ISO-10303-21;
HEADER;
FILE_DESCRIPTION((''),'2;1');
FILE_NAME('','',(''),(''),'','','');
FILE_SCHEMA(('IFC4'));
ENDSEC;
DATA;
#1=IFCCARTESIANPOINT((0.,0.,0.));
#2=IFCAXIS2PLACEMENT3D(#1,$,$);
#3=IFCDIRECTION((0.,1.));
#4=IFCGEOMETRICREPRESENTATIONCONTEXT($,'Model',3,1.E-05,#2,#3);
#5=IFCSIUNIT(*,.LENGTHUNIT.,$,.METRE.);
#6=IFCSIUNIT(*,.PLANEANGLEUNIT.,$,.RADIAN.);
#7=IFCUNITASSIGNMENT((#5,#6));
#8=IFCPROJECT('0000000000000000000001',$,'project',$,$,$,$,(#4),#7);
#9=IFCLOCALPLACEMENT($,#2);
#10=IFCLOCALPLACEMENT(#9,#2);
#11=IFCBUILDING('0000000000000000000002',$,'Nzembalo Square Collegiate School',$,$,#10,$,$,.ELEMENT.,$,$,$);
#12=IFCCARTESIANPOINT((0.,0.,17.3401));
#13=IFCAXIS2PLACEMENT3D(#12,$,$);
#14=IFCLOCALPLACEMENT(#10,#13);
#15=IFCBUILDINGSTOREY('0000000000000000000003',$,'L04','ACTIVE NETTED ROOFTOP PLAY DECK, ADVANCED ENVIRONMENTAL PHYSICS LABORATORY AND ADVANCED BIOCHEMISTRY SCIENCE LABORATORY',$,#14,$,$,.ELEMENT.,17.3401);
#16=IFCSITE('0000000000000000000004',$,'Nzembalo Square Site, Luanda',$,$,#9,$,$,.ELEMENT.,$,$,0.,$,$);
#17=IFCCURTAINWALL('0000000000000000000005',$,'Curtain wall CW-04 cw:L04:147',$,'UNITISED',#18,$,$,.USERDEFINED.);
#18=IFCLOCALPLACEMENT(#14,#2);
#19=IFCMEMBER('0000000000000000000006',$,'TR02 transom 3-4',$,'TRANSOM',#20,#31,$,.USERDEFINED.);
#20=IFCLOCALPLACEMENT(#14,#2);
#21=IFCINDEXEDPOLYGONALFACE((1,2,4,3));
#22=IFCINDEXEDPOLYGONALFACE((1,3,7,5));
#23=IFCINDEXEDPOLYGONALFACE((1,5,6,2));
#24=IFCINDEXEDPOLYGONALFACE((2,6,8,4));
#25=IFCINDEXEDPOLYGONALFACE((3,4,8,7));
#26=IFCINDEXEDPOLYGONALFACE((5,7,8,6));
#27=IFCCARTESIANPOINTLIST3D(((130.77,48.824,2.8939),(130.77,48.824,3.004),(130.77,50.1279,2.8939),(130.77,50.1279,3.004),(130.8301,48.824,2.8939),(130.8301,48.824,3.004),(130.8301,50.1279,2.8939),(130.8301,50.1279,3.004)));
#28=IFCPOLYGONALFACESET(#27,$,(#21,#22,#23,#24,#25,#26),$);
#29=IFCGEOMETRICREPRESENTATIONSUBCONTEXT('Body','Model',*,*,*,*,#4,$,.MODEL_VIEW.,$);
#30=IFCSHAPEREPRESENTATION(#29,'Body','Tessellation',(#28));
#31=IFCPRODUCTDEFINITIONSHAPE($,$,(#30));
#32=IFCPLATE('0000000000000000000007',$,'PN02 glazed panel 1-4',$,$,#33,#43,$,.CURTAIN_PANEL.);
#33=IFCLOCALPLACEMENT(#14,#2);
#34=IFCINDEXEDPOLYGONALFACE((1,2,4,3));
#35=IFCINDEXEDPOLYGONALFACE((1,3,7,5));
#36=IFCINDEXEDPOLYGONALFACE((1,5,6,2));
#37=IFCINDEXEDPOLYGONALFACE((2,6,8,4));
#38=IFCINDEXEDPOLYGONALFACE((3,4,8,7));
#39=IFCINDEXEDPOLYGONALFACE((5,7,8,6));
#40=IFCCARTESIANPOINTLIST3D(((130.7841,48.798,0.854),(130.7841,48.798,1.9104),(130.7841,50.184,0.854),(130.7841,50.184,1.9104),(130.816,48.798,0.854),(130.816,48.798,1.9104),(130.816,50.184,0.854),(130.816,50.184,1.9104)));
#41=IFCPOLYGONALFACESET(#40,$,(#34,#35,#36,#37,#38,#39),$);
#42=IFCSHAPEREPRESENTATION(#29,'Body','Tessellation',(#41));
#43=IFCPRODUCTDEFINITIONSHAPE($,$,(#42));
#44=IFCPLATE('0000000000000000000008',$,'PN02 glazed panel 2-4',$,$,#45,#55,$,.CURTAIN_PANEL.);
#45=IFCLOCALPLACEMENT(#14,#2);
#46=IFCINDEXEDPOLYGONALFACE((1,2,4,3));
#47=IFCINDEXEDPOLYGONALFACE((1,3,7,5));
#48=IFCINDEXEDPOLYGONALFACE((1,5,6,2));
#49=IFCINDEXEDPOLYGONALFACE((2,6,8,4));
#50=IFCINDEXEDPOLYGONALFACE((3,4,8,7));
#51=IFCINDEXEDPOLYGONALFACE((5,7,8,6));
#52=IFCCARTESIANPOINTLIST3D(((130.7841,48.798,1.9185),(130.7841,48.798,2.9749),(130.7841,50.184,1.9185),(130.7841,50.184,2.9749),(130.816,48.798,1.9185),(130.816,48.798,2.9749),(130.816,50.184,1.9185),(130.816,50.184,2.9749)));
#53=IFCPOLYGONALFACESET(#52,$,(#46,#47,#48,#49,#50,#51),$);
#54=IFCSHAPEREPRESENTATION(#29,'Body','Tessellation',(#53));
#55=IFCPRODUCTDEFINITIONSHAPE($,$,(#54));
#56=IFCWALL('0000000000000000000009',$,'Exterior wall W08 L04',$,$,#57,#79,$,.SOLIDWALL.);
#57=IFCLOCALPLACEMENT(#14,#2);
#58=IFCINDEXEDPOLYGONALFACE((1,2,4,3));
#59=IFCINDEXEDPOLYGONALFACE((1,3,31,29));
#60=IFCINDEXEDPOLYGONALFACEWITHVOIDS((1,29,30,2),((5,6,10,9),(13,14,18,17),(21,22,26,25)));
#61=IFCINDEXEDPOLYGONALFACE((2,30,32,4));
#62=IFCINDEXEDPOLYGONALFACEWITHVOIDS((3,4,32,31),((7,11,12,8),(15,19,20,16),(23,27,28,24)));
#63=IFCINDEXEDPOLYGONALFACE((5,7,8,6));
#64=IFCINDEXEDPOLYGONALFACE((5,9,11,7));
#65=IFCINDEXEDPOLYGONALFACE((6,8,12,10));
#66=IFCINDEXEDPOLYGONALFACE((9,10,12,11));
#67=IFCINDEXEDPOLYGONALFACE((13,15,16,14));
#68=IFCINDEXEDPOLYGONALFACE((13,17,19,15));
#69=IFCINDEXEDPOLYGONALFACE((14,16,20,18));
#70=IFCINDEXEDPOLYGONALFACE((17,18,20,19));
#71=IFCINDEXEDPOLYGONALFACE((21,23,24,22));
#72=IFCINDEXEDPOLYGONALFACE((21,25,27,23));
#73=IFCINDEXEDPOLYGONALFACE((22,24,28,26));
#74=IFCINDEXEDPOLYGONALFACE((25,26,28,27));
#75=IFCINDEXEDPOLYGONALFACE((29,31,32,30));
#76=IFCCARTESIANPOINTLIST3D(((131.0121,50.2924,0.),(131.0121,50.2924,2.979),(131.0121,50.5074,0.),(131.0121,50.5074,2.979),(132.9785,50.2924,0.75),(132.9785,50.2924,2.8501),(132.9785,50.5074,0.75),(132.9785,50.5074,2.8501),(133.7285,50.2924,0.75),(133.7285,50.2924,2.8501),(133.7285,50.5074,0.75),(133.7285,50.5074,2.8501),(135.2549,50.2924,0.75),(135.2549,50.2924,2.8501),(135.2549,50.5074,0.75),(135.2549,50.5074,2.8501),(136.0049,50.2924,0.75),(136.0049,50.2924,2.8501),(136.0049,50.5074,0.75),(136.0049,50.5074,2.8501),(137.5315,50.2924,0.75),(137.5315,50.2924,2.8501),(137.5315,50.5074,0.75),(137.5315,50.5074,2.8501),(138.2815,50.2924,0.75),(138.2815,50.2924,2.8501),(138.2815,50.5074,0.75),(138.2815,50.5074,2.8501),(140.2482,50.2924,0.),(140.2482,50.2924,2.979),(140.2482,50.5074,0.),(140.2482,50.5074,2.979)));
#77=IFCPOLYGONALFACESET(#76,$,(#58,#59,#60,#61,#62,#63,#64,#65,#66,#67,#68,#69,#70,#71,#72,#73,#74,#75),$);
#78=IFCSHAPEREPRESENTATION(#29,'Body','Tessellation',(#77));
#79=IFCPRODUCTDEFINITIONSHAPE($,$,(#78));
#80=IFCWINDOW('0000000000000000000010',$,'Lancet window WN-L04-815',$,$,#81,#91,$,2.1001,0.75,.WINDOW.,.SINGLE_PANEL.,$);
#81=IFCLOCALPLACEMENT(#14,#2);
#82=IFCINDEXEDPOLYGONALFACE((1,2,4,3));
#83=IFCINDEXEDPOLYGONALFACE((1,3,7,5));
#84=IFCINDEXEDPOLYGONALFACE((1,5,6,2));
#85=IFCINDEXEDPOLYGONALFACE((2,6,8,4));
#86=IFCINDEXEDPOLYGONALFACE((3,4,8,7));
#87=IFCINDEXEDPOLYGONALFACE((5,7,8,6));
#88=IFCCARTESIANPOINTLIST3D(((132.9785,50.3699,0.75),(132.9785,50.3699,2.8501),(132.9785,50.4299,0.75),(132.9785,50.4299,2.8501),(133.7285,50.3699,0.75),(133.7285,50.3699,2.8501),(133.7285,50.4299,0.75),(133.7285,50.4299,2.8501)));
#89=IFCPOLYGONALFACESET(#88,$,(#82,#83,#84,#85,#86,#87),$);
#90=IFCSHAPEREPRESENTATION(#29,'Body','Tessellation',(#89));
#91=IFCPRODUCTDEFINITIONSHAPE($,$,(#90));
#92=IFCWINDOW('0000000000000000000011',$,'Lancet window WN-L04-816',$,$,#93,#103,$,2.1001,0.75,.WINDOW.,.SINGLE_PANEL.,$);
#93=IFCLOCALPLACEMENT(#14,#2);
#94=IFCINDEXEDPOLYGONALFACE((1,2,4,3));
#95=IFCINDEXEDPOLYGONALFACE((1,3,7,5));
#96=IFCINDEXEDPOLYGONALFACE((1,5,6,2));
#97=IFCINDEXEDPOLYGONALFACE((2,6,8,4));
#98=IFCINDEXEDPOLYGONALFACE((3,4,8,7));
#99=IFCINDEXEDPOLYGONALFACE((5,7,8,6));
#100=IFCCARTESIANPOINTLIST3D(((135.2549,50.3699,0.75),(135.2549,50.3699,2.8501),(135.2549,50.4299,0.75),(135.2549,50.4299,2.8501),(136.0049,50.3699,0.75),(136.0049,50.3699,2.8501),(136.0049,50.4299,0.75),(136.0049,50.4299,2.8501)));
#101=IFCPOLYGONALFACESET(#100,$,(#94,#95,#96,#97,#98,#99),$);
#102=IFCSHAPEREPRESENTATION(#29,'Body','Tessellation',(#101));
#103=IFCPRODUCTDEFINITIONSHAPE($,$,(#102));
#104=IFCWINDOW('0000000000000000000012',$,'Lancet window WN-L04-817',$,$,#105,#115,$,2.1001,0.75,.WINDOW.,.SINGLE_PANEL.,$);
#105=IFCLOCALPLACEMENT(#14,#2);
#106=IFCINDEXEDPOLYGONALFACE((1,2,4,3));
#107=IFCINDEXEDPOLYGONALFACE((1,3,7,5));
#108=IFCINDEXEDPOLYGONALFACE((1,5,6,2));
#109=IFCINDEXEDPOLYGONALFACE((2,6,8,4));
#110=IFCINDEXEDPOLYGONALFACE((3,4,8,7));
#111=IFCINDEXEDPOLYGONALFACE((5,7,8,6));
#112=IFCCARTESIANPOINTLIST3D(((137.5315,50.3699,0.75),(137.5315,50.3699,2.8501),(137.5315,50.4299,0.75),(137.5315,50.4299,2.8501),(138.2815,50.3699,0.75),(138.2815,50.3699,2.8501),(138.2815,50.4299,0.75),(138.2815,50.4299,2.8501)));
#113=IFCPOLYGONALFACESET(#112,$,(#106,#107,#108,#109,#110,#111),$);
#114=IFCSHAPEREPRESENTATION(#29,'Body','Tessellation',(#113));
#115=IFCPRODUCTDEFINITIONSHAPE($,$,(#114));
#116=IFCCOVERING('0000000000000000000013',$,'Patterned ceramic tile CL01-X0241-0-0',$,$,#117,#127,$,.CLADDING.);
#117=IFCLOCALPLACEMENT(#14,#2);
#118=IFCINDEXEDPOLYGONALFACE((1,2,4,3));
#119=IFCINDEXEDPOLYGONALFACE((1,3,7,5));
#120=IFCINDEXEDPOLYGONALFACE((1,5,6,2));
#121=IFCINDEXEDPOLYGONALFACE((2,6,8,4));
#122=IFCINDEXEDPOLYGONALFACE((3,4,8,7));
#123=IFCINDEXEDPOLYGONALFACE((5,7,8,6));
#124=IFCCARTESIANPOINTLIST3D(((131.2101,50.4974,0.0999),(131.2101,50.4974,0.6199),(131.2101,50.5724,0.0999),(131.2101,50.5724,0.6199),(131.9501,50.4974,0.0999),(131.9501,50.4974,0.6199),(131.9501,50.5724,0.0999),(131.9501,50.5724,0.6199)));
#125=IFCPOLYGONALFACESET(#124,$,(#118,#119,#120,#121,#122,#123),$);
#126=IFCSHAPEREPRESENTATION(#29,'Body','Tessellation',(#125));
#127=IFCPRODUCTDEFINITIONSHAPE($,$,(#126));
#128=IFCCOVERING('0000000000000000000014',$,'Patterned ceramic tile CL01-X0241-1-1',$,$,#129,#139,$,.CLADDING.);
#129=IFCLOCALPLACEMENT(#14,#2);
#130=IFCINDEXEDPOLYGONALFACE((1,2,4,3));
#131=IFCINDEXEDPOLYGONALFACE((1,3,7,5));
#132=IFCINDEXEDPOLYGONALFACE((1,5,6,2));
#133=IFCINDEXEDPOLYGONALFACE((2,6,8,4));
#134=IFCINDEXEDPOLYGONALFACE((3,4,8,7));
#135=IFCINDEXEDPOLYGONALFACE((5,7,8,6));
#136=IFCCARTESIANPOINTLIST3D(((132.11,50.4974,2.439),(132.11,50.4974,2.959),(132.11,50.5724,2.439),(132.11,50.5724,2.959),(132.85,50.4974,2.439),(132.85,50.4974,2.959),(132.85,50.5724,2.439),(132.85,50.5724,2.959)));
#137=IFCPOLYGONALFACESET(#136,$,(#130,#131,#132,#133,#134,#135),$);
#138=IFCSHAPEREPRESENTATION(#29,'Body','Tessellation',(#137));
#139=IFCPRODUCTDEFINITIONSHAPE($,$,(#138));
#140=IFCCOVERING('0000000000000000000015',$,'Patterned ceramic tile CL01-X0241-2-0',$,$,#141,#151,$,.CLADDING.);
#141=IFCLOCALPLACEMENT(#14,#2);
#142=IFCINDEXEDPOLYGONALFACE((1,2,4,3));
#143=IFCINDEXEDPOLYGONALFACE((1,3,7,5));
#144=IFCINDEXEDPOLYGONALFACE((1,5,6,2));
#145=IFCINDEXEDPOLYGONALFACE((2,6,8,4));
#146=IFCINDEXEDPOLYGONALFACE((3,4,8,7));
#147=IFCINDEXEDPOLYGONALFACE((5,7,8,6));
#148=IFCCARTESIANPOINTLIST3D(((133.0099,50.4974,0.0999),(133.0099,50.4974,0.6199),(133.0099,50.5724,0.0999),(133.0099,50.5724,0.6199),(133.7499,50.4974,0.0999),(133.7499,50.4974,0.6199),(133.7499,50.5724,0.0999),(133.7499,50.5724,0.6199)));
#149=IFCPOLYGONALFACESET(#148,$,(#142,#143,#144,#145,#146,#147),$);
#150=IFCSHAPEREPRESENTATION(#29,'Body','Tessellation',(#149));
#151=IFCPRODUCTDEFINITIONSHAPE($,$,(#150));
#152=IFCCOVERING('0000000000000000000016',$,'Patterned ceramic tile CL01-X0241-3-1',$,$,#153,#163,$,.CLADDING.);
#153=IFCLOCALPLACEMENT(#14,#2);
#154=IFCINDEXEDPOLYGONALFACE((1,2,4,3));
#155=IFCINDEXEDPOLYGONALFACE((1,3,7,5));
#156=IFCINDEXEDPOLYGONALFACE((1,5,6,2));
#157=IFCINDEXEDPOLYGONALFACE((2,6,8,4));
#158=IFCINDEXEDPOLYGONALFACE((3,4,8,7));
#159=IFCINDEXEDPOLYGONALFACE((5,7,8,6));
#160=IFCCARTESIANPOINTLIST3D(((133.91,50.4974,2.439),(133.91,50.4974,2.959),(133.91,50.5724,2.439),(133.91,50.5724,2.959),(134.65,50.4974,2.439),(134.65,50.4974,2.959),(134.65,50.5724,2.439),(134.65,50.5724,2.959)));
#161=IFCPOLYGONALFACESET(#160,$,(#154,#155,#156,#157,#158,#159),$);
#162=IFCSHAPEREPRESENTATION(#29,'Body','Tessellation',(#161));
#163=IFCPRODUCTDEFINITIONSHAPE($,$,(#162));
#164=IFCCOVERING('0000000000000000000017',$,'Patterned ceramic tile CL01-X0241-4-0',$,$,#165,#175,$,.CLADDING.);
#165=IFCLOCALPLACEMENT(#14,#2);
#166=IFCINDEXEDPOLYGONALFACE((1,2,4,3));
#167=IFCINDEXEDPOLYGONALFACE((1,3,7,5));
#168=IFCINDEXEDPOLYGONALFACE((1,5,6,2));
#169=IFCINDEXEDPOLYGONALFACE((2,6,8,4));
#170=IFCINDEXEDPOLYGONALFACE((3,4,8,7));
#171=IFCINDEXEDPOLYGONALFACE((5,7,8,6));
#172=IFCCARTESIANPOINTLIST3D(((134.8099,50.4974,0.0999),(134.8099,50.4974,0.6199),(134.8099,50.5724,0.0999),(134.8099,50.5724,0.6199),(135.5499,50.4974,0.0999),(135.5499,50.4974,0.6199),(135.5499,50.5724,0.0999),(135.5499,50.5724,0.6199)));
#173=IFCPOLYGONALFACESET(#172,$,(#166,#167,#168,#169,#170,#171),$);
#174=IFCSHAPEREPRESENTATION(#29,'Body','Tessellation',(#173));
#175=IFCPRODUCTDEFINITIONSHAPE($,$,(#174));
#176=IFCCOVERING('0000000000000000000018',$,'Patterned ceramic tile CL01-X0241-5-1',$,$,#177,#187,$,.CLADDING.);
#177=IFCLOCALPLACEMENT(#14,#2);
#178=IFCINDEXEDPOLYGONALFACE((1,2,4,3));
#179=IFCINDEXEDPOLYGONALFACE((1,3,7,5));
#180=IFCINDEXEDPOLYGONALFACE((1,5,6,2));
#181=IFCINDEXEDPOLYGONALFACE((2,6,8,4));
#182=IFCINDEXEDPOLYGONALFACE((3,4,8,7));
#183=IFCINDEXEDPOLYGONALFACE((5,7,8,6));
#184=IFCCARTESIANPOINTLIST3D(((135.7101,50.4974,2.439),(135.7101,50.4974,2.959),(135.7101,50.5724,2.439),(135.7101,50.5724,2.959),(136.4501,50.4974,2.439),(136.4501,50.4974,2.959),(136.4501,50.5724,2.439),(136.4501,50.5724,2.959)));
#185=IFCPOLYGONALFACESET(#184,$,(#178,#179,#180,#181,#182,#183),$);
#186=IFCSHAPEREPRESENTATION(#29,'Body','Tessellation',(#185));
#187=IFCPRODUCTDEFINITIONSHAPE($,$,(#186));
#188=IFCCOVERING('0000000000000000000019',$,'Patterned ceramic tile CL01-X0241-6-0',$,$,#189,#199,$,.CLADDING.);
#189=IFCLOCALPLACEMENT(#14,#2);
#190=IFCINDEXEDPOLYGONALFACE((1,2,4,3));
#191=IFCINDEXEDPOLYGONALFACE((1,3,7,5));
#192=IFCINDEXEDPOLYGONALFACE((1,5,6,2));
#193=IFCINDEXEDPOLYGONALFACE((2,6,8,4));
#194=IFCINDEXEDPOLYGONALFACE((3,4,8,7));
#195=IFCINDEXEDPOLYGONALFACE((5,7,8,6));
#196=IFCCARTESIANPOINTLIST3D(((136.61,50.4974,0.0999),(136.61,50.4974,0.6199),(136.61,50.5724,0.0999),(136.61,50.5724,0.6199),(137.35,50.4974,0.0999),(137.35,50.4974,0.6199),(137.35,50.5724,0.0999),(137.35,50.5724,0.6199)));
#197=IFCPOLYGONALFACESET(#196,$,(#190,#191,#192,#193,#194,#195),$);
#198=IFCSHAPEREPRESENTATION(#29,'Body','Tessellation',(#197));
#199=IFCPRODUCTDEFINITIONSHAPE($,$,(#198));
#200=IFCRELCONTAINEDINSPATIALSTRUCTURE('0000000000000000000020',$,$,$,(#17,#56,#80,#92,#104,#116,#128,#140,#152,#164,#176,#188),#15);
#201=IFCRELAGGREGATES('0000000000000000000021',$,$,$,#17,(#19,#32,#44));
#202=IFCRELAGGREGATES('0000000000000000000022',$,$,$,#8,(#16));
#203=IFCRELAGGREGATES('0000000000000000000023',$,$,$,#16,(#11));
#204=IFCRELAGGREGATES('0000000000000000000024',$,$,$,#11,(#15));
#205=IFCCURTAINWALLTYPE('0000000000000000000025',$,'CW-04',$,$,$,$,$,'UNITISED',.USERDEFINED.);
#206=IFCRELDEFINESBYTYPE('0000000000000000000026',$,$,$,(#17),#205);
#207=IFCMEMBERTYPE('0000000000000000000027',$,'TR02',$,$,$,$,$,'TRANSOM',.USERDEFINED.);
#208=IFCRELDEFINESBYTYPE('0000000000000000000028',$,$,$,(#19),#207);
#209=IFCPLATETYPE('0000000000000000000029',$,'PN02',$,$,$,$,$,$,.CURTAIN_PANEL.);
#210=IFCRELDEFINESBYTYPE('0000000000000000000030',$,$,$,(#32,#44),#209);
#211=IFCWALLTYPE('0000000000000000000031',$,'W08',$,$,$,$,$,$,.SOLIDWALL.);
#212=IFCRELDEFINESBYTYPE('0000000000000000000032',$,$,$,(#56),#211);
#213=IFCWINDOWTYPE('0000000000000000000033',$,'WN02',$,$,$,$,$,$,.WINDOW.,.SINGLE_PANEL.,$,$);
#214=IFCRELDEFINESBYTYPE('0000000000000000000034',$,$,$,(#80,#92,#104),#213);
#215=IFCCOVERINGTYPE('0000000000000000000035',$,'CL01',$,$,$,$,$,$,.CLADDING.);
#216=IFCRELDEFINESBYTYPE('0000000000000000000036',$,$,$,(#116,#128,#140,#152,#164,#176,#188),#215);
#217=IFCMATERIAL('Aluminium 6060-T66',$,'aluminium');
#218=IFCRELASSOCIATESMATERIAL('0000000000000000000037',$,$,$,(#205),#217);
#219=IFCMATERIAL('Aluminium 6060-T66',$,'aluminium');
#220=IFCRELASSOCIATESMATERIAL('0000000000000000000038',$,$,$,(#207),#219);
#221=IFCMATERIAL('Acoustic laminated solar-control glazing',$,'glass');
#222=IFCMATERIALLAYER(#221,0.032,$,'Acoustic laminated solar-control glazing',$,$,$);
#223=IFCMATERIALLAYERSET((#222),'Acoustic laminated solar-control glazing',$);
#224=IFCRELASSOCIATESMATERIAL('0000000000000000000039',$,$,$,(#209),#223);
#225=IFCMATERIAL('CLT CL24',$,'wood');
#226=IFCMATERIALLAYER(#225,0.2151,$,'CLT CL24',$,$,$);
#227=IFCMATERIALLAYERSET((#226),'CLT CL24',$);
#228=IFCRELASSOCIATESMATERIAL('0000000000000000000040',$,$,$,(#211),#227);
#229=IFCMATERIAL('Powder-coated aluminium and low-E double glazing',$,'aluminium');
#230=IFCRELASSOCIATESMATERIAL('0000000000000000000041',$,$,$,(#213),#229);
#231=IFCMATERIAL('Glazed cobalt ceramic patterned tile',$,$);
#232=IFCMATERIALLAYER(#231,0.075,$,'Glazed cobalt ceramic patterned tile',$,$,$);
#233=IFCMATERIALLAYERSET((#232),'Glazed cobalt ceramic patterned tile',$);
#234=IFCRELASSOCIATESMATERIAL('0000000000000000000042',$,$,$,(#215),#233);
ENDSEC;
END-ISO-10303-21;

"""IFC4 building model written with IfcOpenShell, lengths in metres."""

from ifc_helpers import new_model, si_unit, direction, frame, frame_2d, origin, origin_2d, place, context, subcontext, project, spatial, rectangle, extrude, material, layer, layer_set, material_profile, profile_set, type_object, element, fill, aggregate, save


model = new_model("IFC4")

# Units and contexts
model_context = context("Model", 3, precision=1e-05, world=origin(), true_north=direction((0.0, 1.0)))
body_context = subcontext(model_context, "Body", "Model", "MODEL_VIEW")
ifc_project = project(units=[si_unit("LENGTHUNIT", "METRE"), si_unit("PLANEANGLEUNIT", "RADIAN")], contexts=[model_context])

# Site, building, storey
site_placement = place(None, origin())
site = spatial("IfcSite", under=ifc_project, at=site_placement, Name="Nzembalo Square Site, Luanda", CompositionType="ELEMENT", RefElevation=0.0)
building_placement = place(site_placement, origin())
building = spatial("IfcBuilding", under=site, at=building_placement, Name="Nzembalo Square Collegiate School", CompositionType="ELEMENT")
storey_placement = place(building_placement, frame((0.0, 0.0, 17.3401)))
storey = spatial("IfcBuildingStorey", under=building, at=storey_placement, Name="L04", Description="ACTIVE NETTED ROOFTOP PLAY DECK, ADVANCED ENVIRONMENTAL PHYSICS LABORATORY AND ADVANCED BIOCHEMISTRY SCIENCE LABORATORY", CompositionType="ELEMENT", Elevation=17.3401)

# Curtain wall, member, plates
ifc_material_1 = material(Name="Aluminium 6060-T66", Category="aluminium")
curtain_wall_type = type_object("IfcCurtainWallType", Name="CW-04", ElementType="UNITISED", PredefinedType="USERDEFINED", material=ifc_material_1)
curtain_wall_placement = place(storey_placement, origin())
curtain_wall = element("IfcCurtainWall", 1, at=curtain_wall_placement, inside=storey, type_object=curtain_wall_type, Name="Curtain wall CW-04 cw:L04:147", ObjectType="UNITISED", PredefinedType="USERDEFINED")
ifc_material_2 = material(Name="Aluminium 6060-T66", Category="aluminium")
ifc_material_profile = material_profile(ifc_material_2, rectangle(XDim=0.0601, YDim=0.1101, at=origin_2d()), Name="ALU T60x110")
ifc_profile_set = profile_set([ifc_material_profile], Name="Aluminium 6060-T66")
member_type = type_object("IfcMemberType", Name="TR02", ElementType="TRANSOM", PredefinedType="USERDEFINED", material=ifc_profile_set)
member_placement = place(storey_placement, frame((130.8, 48.824, 2.949), z_axis=(0.0, 1.0, 0.0), x_axis=(-1.0, 0.0, 0.0)))
member = element("IfcMember", 2, at=member_placement, type_object=member_type, Name="TR02 transom 3-4", ObjectType="TRANSOM", PredefinedType="USERDEFINED", context=body_context, shape_type="SweptSolid", body=[
    extrude(rectangle(XDim=0.0601, YDim=0.1101, at=origin_2d()), origin(), (0.0, 0.0, 1.0), 1.304),
])
ifc_material_3 = material(Name="Acoustic laminated solar-control glazing", Category="glass")
ifc_layer_1 = layer(ifc_material_3, 0.032, Name="Acoustic laminated solar-control glazing")
ifc_layer_set_1 = layer_set([ifc_layer_1], Name="Acoustic laminated solar-control glazing")
plate_type = type_object("IfcPlateType", Name="PN02", PredefinedType="CURTAIN_PANEL", material=ifc_layer_set_1)
plate_1_placement = place(storey_placement, frame((130.8, 49.491, 0.854), z_axis=(0.0, 0.0, 1.0), x_axis=(0.0, 1.0, 0.0)))
plate_1 = element("IfcPlate", 3, at=plate_1_placement, type_object=plate_type, Name="PN02 glazed panel 1-4", PredefinedType="CURTAIN_PANEL", context=body_context, shape_type="SweptSolid", body=[
    extrude(rectangle(XDim=1.386, YDim=0.032, at=origin_2d()), origin(), (0.0, 0.0, 1.0), 1.0564),
])
plate_2_placement = place(storey_placement, frame((130.8, 49.491, 1.9185), z_axis=(0.0, 0.0, 1.0), x_axis=(0.0, 1.0, 0.0)))
plate_2 = element("IfcPlate", 4, at=plate_2_placement, type_object=plate_type, Name="PN02 glazed panel 2-4", PredefinedType="CURTAIN_PANEL", context=body_context, shape_type="SweptSolid", body=[
    extrude(rectangle(XDim=1.386, YDim=0.032, at=origin_2d()), origin(), (0.0, 0.0, 1.0), 1.0564),
])
aggregate(curtain_wall, [member, plate_1, plate_2])

# Wall, openings, windows
ifc_material_4 = material(Name="CLT CL24", Category="wood")
ifc_layer_2 = layer(ifc_material_4, 0.2151, Name="CLT CL24")
ifc_layer_set_2 = layer_set([ifc_layer_2], Name="CLT CL24")
wall_type = type_object("IfcWallType", Name="W08", PredefinedType="SOLIDWALL", material=ifc_layer_set_2)
wall_placement = place(storey_placement, frame((131.012, 50.3999, 0.0), z_axis=(0.0, 0.0, 1.0), x_axis=(1.0, 0.0, 0.0)))
wall = element("IfcWall", 5, at=wall_placement, inside=storey, type_object=wall_type, Name="Exterior wall W08 L04", PredefinedType="SOLIDWALL", context=body_context, shape_type="SweptSolid", body=[
    extrude(rectangle(XDim=9.2361, YDim=0.2151, at=frame_2d((4.6182, 0.0))), origin(), (0.0, 0.0, 1.0), 2.979),
])
opening_1_placement = place(wall_placement, frame((1.9666, 0.0, 0.75)))
opening_1 = element("IfcOpeningElement", 6, at=opening_1_placement, cuts=wall, PredefinedType="OPENING", context=body_context, shape_type="SweptSolid", body=[
    extrude(rectangle(XDim=0.75, YDim=2.1001, at=frame_2d((0.375, 1.05))), frame((0.0, 0.1177, 0.0), z_axis=(0.0, -1.0, 0.0), x_axis=(1.0, 0.0, 0.0)), (0.0, 0.0, 1.0), 0.2351),
])
opening_2_placement = place(wall_placement, frame((4.2429, 0.0, 0.75)))
opening_2 = element("IfcOpeningElement", 7, at=opening_2_placement, cuts=wall, PredefinedType="OPENING", context=body_context, shape_type="SweptSolid", body=[
    extrude(rectangle(XDim=0.75, YDim=2.1001, at=frame_2d((0.375, 1.05))), frame((0.0, 0.1177, 0.0), z_axis=(0.0, -1.0, 0.0), x_axis=(1.0, 0.0, 0.0)), (0.0, 0.0, 1.0), 0.2351),
])
opening_3_placement = place(wall_placement, frame((6.5195, 0.0, 0.75)))
opening_3 = element("IfcOpeningElement", 8, at=opening_3_placement, cuts=wall, PredefinedType="OPENING", context=body_context, shape_type="SweptSolid", body=[
    extrude(rectangle(XDim=0.75, YDim=2.1001, at=frame_2d((0.375, 1.05))), frame((0.0, 0.1177, 0.0), z_axis=(0.0, -1.0, 0.0), x_axis=(1.0, 0.0, 0.0)), (0.0, 0.0, 1.0), 0.2351),
])
ifc_material_5 = material(Name="Powder-coated aluminium and low-E double glazing", Category="aluminium")
window_type = type_object("IfcWindowType", Name="WN02", PartitioningType="SINGLE_PANEL", PredefinedType="WINDOW", material=ifc_material_5)
window_1_placement = place(opening_1_placement, origin())
window_1 = element("IfcWindow", 9, at=window_1_placement, inside=storey, type_object=window_type, Name="Lancet window WN-L04-815", OverallHeight=2.1001, OverallWidth=0.75, PartitioningType="SINGLE_PANEL", PredefinedType="WINDOW", context=body_context, shape_type="SweptSolid", body=[
    extrude(rectangle(XDim=0.75, YDim=2.1001, at=frame_2d((0.375, 1.05))), frame((0.0, 0.03, 0.0), z_axis=(0.0, -1.0, 0.0), x_axis=(1.0, 0.0, 0.0)), (0.0, 0.0, 1.0), 0.0601),
])
fill(opening_1, window_1)
window_2_placement = place(opening_2_placement, origin())
window_2 = element("IfcWindow", 10, at=window_2_placement, inside=storey, type_object=window_type, Name="Lancet window WN-L04-816", OverallHeight=2.1001, OverallWidth=0.75, PartitioningType="SINGLE_PANEL", PredefinedType="WINDOW", context=body_context, shape_type="SweptSolid", body=[
    extrude(rectangle(XDim=0.75, YDim=2.1001, at=frame_2d((0.375, 1.05))), frame((0.0, 0.03, 0.0), z_axis=(0.0, -1.0, 0.0), x_axis=(1.0, 0.0, 0.0)), (0.0, 0.0, 1.0), 0.0601),
])
fill(opening_2, window_2)
window_3_placement = place(opening_3_placement, origin())
window_3 = element("IfcWindow", 11, at=window_3_placement, inside=storey, type_object=window_type, Name="Lancet window WN-L04-817", OverallHeight=2.1001, OverallWidth=0.75, PartitioningType="SINGLE_PANEL", PredefinedType="WINDOW", context=body_context, shape_type="SweptSolid", body=[
    extrude(rectangle(XDim=0.75, YDim=2.1001, at=frame_2d((0.375, 1.05))), frame((0.0, 0.03, 0.0), z_axis=(0.0, -1.0, 0.0), x_axis=(1.0, 0.0, 0.0)), (0.0, 0.0, 1.0), 0.0601),
])
fill(opening_3, window_3)

# Coverings
ifc_material_6 = material(Name="Glazed cobalt ceramic patterned tile")
ifc_layer_3 = layer(ifc_material_6, 0.075, Name="Glazed cobalt ceramic patterned tile")
ifc_layer_set_3 = layer_set([ifc_layer_3], Name="Glazed cobalt ceramic patterned tile")
covering_type_1 = type_object("IfcCoveringType", Name="CL01", PredefinedType="CLADDING", material=ifc_layer_set_3)
for number, where, z_axis, x_axis, name in (
    (12, (131.5801, 50.5349, 0.0999), (0.0, 0.0, 1.0), (1.0, 0.0, 0.0), "Patterned ceramic tile CL01-X0241-0-0"),
    (13, (132.48, 50.5349, 2.439), (0.0, 0.0, 1.0), (1.0, 0.0, 0.0), "Patterned ceramic tile CL01-X0241-1-1"),
    (14, (133.3799, 50.5349, 0.0999), (0.0, 0.0, 1.0), (1.0, 0.0, 0.0), "Patterned ceramic tile CL01-X0241-2-0"),
    (15, (134.28, 50.5349, 2.439), (0.0, 0.0, 1.0), (1.0, 0.0, 0.0), "Patterned ceramic tile CL01-X0241-3-1"),
    (16, (135.1799, 50.5349, 0.0999), (0.0, 0.0, 1.0), (1.0, 0.0, 0.0), "Patterned ceramic tile CL01-X0241-4-0"),
    (17, (136.0801, 50.5349, 2.439), (0.0, 0.0, 1.0), (1.0, 0.0, 0.0), "Patterned ceramic tile CL01-X0241-5-1"),
    (18, (136.98, 50.5349, 0.0999), (0.0, 0.0, 1.0), (1.0, 0.0, 0.0), "Patterned ceramic tile CL01-X0241-6-0"),
):
    element("IfcCovering", number, at=place(storey_placement, frame(where, z_axis=z_axis, x_axis=x_axis)), inside=storey, type_object=covering_type_1, Name=name, PredefinedType="CLADDING", context=body_context, shape_type="SweptSolid", body=[
        extrude(rectangle(XDim=0.74, YDim=0.075, at=origin_2d()), origin(), (0.0, 0.0, 1.0), 0.52),
    ])

save(model, "model.ifc")
